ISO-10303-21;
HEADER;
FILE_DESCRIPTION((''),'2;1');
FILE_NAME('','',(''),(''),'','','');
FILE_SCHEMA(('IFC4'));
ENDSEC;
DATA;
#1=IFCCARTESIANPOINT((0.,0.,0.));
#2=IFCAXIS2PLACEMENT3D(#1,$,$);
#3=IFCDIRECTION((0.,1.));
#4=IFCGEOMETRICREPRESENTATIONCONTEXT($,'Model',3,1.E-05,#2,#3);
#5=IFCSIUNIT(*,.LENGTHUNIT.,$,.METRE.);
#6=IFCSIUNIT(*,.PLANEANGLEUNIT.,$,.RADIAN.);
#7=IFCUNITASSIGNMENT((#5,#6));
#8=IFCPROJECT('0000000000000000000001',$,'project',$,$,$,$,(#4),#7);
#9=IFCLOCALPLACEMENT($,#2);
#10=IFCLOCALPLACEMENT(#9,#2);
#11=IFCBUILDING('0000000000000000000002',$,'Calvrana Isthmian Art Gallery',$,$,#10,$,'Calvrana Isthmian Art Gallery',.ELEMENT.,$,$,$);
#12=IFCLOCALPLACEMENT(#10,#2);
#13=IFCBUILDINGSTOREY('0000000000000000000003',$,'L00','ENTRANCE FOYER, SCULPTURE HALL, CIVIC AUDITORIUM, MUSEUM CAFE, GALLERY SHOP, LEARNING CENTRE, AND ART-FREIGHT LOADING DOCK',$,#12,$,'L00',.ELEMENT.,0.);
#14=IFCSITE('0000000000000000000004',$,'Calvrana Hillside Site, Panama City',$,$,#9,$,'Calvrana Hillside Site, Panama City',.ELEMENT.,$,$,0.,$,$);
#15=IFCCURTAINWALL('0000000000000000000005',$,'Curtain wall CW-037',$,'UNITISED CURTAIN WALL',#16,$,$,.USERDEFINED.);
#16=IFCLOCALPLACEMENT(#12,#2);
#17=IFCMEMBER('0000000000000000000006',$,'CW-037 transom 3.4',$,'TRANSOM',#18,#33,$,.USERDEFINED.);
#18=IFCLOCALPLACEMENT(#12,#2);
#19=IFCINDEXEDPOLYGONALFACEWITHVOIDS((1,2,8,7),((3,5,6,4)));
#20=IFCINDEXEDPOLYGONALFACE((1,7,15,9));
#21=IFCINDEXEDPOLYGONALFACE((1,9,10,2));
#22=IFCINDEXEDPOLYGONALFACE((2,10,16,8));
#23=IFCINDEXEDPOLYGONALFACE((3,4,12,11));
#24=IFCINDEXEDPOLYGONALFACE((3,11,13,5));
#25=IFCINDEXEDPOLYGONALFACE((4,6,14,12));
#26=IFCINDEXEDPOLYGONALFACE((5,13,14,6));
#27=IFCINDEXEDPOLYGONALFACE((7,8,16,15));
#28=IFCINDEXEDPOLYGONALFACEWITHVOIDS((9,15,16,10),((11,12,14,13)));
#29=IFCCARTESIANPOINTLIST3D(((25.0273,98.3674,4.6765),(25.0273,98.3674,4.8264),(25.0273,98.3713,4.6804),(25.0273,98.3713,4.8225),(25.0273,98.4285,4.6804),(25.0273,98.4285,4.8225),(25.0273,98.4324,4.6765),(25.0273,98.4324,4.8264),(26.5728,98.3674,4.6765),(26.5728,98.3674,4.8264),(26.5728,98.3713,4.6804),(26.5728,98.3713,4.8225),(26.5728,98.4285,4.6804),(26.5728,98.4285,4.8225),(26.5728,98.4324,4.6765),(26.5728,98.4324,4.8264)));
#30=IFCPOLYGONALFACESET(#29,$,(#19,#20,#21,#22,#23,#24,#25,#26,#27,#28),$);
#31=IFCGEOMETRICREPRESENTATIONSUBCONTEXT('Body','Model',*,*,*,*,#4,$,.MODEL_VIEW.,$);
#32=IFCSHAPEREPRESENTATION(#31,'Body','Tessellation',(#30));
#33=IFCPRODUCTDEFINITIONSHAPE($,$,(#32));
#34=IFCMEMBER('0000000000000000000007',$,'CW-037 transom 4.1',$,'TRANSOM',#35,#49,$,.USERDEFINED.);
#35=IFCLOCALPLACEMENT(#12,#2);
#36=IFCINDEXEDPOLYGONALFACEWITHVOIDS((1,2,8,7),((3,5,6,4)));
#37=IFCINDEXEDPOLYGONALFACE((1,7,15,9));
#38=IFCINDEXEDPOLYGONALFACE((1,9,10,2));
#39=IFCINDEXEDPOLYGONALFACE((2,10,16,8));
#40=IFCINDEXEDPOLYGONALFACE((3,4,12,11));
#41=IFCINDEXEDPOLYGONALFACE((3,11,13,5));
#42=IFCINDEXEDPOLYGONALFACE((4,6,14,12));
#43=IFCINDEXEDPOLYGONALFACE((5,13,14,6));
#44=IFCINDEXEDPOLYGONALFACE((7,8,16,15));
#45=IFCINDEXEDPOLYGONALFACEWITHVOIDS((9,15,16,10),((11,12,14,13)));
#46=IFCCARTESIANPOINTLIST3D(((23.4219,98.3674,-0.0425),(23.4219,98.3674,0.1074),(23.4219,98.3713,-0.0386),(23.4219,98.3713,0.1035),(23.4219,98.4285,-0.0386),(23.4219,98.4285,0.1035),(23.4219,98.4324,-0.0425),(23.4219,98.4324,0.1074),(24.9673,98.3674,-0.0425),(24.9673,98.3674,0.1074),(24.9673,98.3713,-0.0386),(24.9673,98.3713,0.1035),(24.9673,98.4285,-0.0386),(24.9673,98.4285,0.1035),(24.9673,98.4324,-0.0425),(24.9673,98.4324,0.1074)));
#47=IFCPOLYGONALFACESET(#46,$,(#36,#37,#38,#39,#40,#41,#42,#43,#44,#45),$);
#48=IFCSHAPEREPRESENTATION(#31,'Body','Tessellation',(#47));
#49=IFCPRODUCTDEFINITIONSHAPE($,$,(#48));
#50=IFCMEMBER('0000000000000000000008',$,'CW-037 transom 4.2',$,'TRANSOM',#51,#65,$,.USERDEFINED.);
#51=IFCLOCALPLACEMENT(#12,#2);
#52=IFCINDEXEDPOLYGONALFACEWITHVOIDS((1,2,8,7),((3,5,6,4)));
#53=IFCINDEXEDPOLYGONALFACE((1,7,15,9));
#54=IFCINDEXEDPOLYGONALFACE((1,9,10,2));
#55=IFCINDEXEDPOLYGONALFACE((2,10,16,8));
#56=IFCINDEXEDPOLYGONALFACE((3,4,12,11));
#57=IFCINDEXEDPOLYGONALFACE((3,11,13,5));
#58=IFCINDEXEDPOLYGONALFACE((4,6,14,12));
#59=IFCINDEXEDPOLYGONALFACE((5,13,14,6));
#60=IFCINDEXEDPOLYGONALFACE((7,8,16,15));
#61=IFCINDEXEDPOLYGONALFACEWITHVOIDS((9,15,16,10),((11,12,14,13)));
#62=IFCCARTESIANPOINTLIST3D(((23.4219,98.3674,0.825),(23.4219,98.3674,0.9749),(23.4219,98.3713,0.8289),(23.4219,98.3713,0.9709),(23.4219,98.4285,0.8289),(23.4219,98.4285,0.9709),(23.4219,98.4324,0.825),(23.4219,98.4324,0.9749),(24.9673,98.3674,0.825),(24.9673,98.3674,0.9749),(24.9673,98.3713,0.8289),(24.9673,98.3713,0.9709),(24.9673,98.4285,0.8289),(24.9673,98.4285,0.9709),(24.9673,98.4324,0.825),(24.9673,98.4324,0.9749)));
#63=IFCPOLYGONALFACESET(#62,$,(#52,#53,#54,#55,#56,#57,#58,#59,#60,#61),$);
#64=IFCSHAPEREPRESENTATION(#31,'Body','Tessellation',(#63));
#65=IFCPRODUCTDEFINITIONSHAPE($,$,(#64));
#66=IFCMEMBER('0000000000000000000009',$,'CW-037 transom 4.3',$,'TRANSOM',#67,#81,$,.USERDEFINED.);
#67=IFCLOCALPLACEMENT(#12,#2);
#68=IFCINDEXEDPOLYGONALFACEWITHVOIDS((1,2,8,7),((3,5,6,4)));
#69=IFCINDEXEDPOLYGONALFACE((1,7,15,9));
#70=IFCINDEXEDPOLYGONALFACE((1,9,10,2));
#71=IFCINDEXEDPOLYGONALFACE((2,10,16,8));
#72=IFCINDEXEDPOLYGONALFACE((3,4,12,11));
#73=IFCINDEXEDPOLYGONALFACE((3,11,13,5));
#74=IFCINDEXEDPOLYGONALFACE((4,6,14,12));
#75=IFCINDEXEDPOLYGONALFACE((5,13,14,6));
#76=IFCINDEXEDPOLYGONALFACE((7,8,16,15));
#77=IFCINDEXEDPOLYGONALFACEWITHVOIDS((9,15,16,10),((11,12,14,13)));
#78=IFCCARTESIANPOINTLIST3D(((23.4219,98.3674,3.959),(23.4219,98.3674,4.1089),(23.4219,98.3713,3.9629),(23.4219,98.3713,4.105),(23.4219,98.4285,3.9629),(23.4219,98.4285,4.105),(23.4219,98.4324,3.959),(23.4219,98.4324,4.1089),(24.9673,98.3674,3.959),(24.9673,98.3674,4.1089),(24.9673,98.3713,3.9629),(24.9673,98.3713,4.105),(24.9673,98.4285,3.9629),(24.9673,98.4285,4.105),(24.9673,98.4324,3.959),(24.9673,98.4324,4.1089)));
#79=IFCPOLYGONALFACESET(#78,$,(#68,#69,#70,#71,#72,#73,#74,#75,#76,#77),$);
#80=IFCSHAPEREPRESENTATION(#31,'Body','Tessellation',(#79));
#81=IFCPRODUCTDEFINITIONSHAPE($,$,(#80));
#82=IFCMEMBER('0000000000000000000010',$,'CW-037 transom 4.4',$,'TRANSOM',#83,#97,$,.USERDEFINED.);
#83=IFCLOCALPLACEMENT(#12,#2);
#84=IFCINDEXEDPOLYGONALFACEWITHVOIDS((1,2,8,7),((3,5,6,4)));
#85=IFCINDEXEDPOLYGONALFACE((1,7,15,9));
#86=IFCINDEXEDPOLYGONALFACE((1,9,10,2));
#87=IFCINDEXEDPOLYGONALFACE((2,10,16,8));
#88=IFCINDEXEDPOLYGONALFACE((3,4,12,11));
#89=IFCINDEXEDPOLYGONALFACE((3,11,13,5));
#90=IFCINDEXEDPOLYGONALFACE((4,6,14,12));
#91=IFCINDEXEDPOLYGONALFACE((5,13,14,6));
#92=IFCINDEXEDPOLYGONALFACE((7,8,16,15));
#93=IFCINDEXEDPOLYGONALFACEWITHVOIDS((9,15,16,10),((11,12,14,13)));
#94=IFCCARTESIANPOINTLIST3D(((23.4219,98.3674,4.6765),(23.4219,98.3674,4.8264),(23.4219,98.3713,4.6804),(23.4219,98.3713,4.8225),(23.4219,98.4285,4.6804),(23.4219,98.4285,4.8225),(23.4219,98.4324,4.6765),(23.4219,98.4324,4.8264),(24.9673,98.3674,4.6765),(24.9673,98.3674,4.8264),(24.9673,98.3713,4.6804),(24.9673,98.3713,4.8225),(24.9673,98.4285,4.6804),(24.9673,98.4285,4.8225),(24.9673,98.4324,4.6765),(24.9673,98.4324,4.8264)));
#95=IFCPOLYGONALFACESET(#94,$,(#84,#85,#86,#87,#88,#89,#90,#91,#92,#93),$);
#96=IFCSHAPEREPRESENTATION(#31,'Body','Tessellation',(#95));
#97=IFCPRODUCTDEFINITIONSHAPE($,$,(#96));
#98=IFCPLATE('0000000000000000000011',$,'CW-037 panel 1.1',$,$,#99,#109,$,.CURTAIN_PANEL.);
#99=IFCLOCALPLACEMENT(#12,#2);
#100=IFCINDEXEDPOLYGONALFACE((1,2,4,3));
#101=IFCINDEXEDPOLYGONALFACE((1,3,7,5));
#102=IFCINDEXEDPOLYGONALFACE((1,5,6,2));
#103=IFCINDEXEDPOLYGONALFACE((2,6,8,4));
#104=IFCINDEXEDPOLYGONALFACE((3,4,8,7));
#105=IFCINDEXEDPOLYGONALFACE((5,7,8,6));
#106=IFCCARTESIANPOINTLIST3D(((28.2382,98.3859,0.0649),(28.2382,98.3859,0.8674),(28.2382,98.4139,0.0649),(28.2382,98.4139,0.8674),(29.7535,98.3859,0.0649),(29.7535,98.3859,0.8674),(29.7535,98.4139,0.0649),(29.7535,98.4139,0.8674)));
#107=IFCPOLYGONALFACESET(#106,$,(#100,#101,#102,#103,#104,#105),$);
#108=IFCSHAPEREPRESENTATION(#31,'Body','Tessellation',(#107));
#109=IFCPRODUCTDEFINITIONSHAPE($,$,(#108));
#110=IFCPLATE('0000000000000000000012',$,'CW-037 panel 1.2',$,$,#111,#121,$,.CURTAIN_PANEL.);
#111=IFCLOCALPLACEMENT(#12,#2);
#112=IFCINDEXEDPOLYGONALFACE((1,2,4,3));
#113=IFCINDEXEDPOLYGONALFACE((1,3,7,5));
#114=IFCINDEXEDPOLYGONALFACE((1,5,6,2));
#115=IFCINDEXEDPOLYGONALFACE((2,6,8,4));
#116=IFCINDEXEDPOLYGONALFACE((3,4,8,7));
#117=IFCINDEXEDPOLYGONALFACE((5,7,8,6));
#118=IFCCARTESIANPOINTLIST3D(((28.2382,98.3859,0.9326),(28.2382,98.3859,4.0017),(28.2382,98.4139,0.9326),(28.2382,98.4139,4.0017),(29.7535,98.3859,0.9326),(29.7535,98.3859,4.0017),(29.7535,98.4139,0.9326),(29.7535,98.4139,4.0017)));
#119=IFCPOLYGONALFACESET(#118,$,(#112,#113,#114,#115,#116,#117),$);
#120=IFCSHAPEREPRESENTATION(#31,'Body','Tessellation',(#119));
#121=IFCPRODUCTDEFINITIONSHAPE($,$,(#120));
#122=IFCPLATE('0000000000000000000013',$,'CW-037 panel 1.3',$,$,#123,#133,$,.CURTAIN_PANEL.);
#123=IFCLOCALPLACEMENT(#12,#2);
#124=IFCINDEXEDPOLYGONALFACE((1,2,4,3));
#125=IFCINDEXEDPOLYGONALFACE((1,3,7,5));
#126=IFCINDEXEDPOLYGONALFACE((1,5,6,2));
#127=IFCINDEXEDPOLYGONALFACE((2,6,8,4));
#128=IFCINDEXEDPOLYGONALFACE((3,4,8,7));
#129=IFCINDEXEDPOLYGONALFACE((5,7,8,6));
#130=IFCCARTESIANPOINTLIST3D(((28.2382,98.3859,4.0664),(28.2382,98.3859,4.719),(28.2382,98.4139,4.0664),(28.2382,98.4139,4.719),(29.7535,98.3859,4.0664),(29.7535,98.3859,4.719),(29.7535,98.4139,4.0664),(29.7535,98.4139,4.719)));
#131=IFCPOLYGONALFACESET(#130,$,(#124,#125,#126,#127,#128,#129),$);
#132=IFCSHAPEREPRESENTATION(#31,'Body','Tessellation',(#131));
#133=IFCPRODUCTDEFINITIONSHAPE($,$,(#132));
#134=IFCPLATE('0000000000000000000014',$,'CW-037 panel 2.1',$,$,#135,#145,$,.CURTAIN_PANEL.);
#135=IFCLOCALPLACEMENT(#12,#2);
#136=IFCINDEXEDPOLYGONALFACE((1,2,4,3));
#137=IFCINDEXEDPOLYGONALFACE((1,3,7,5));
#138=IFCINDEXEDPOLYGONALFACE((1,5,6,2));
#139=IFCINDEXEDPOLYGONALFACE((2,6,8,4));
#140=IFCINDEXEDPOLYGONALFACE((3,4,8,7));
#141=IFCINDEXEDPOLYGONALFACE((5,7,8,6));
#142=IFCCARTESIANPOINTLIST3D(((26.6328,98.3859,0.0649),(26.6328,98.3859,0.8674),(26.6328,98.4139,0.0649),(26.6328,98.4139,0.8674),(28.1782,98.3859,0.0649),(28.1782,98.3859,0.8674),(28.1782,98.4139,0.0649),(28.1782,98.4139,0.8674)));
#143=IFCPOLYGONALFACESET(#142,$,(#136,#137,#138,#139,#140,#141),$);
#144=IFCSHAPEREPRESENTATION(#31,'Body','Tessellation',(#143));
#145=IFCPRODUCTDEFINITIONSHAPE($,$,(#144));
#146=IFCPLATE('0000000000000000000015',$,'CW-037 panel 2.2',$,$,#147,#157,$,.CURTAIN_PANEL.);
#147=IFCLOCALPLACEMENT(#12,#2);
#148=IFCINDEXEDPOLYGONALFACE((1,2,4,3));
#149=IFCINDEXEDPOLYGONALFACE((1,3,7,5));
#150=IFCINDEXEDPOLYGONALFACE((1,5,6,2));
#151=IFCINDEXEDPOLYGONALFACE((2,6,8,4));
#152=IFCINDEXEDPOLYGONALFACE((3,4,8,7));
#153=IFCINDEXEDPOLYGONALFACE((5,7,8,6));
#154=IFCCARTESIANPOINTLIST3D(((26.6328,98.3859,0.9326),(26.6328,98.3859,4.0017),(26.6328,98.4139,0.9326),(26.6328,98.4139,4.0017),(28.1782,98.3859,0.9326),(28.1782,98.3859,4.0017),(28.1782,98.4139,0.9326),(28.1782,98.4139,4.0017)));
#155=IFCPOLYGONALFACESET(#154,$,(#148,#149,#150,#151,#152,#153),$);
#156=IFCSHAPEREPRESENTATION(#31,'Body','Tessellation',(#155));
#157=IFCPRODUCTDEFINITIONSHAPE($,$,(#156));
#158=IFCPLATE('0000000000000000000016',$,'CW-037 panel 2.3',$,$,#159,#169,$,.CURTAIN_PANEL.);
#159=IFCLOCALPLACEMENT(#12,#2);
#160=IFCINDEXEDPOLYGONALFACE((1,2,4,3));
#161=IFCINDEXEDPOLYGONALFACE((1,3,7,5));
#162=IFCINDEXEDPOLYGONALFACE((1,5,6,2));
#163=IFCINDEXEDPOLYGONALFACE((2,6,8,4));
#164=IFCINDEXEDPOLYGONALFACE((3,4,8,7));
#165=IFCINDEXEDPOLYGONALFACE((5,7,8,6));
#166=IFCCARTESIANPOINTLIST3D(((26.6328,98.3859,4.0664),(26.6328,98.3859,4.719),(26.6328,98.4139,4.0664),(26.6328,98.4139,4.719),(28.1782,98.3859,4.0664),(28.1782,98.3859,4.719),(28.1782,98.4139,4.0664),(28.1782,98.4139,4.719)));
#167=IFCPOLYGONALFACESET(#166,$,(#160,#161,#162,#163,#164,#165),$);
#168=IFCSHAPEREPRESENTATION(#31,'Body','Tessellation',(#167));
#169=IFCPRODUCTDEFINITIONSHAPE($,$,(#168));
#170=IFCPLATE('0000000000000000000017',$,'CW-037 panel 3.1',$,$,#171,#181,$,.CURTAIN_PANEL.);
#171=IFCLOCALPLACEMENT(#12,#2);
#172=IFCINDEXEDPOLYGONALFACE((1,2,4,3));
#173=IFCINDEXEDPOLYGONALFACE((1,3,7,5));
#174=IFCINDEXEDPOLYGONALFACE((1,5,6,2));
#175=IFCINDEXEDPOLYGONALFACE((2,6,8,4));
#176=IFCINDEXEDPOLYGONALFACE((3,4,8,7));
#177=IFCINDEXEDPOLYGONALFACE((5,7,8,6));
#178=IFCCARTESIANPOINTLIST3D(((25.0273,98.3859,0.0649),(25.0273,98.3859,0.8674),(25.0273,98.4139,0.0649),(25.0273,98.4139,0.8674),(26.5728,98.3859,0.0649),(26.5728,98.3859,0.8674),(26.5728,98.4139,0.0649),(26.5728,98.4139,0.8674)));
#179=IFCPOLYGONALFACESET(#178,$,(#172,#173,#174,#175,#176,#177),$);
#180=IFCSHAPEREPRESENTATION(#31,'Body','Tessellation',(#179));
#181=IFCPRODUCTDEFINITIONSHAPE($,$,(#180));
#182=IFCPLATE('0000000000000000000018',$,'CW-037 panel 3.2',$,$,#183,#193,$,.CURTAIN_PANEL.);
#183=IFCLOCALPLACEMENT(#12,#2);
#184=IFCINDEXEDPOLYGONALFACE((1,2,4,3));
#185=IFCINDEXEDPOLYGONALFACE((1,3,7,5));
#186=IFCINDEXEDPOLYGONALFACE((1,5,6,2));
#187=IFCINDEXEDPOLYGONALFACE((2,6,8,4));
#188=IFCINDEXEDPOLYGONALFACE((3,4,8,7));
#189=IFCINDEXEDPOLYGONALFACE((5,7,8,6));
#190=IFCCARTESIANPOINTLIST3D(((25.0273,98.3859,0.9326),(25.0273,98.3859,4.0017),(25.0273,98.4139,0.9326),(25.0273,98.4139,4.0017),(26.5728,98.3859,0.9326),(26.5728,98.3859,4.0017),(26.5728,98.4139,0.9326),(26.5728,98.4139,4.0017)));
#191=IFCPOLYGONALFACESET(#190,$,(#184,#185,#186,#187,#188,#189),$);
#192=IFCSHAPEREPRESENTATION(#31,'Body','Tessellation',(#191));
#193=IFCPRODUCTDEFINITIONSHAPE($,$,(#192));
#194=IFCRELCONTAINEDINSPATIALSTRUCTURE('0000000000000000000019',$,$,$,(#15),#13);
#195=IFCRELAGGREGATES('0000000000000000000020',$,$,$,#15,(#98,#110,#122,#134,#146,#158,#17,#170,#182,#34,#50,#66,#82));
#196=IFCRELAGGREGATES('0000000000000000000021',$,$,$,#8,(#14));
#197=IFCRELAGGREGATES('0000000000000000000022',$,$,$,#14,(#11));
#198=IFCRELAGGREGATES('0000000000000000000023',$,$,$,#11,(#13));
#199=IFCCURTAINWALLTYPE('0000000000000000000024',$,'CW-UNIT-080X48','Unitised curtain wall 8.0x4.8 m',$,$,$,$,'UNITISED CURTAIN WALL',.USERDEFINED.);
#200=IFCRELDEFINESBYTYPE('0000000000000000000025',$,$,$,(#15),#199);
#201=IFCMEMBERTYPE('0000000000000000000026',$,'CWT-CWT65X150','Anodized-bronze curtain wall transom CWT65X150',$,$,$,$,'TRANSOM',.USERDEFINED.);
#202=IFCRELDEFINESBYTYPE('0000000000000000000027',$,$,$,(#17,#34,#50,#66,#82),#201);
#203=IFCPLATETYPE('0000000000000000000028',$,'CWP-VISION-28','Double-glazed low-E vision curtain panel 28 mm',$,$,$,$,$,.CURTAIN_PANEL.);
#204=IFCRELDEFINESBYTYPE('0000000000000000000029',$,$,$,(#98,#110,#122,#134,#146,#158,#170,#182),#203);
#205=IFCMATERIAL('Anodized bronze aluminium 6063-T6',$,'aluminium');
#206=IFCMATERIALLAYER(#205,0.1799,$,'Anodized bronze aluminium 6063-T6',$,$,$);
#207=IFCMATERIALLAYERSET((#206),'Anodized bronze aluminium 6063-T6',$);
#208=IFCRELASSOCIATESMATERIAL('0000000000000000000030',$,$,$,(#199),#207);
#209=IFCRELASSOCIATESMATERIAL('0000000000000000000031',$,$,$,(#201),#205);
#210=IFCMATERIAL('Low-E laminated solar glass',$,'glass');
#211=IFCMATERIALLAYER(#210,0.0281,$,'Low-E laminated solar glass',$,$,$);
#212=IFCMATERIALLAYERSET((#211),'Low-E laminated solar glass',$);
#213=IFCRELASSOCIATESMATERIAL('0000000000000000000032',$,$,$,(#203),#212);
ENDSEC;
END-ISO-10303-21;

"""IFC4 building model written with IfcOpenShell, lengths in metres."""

from ifc_helpers import new_model, si_unit, direction, frame, origin, origin_2d, place, context, subcontext, project, spatial, rectangle, hollow_rectangle, extrude, material, layer, layer_set, material_profile, profile_set, type_object, element, aggregate, save


model = new_model("IFC4")

# Units and contexts
model_context = context("Model", 3, precision=1e-05, world=origin(), true_north=direction((0.0, 1.0)))
body_context = subcontext(model_context, "Body", "Model", "MODEL_VIEW")
ifc_project = project(units=[si_unit("LENGTHUNIT", "METRE"), si_unit("PLANEANGLEUNIT", "RADIAN")], contexts=[model_context])

# Site, building, storey
site_placement = place(None, origin())
site = spatial("IfcSite", under=ifc_project, at=site_placement, Name="Calvrana Hillside Site, Panama City", LongName="Calvrana Hillside Site, Panama City", CompositionType="ELEMENT", RefElevation=0.0)
building_placement = place(site_placement, origin())
building = spatial("IfcBuilding", under=site, at=building_placement, Name="Calvrana Isthmian Art Gallery", LongName="Calvrana Isthmian Art Gallery", CompositionType="ELEMENT")
storey_placement = place(building_placement, origin())
storey = spatial("IfcBuildingStorey", under=building, at=storey_placement, Name="L00", Description="ENTRANCE FOYER, SCULPTURE HALL, CIVIC AUDITORIUM, MUSEUM CAFE, GALLERY SHOP, LEARNING CENTRE, AND ART-FREIGHT LOADING DOCK", LongName="L00", CompositionType="ELEMENT", Elevation=0.0)

# Curtain wall, members, plates
ifc_material_1 = material(Name="Anodized bronze aluminium 6063-T6", Category="aluminium")
ifc_layer_1 = layer(ifc_material_1, 0.1799, Name="Anodized bronze aluminium 6063-T6")
ifc_layer_set_1 = layer_set([ifc_layer_1], Name="Anodized bronze aluminium 6063-T6")
curtain_wall_type = type_object("IfcCurtainWallType", Name="CW-UNIT-080X48", Description="Unitised curtain wall 8.0x4.8 m", ElementType="UNITISED CURTAIN WALL", PredefinedType="USERDEFINED", material=ifc_layer_set_1)
curtain_wall_placement = place(storey_placement, origin())
curtain_wall = element("IfcCurtainWall", 1, at=curtain_wall_placement, inside=storey, type_object=curtain_wall_type, Name="Curtain wall CW-037", ObjectType="UNITISED CURTAIN WALL", PredefinedType="USERDEFINED")
ifc_material_profile_1 = material_profile(ifc_material_1, hollow_rectangle(XDim=0.0649, YDim=0.1499, WallThickness=0.0039, at=origin_2d()), Name="CWT65X150")
ifc_profile_set_1 = profile_set([ifc_material_profile_1], Name="Anodized bronze aluminium 6063-T6")
member_type_1 = type_object("IfcMemberType", Name="CWT-CWT65X150", Description="Anodized-bronze curtain wall transom CWT65X150", ElementType="TRANSOM", PredefinedType="USERDEFINED", material=ifc_profile_set_1)
member_1_placement = place(storey_placement, frame((26.5728, 98.3999, 4.7515), z_axis=(-1.0, 0.0, 0.0), x_axis=(0.0, -1.0, 0.0)))
member_1 = element("IfcMember", 2, at=member_1_placement, type_object=member_type_1, Name="CW-037 transom 3.4", ObjectType="TRANSOM", PredefinedType="USERDEFINED", context=body_context, shape_type="SweptSolid", body=[
    extrude(hollow_rectangle(XDim=0.0649, YDim=0.1499, WallThickness=0.0039, at=origin_2d()), origin(), (0.0, 0.0, 1.0), 1.5454),
])
member_2_placement = place(storey_placement, frame((24.9673, 98.3999, 0.0325), z_axis=(-1.0, 0.0, 0.0), x_axis=(0.0, -1.0, 0.0)))
member_2 = element("IfcMember", 3, at=member_2_placement, type_object=member_type_1, Name="CW-037 transom 4.1", ObjectType="TRANSOM", PredefinedType="USERDEFINED", context=body_context, shape_type="SweptSolid", body=[
    extrude(hollow_rectangle(XDim=0.0649, YDim=0.1499, WallThickness=0.0039, at=origin_2d()), origin(), (0.0, 0.0, 1.0), 1.5454),
])
member_3_placement = place(storey_placement, frame((24.9673, 98.3999, 0.8999), z_axis=(-1.0, 0.0, 0.0), x_axis=(0.0, -1.0, 0.0)))
member_3 = element("IfcMember", 4, at=member_3_placement, type_object=member_type_1, Name="CW-037 transom 4.2", ObjectType="TRANSOM", PredefinedType="USERDEFINED", context=body_context, shape_type="SweptSolid", body=[
    extrude(hollow_rectangle(XDim=0.0649, YDim=0.1499, WallThickness=0.0039, at=origin_2d()), origin(), (0.0, 0.0, 1.0), 1.5454),
])
member_4_placement = place(storey_placement, frame((24.9673, 98.3999, 4.0339), z_axis=(-1.0, 0.0, 0.0), x_axis=(0.0, -1.0, 0.0)))
member_4 = element("IfcMember", 5, at=member_4_placement, type_object=member_type_1, Name="CW-037 transom 4.3", ObjectType="TRANSOM", PredefinedType="USERDEFINED", context=body_context, shape_type="SweptSolid", body=[
    extrude(hollow_rectangle(XDim=0.0649, YDim=0.1499, WallThickness=0.0039, at=origin_2d()), origin(), (0.0, 0.0, 1.0), 1.5454),
])
member_5_placement = place(storey_placement, frame((24.9673, 98.3999, 4.7515), z_axis=(-1.0, 0.0, 0.0), x_axis=(0.0, -1.0, 0.0)))
member_5 = element("IfcMember", 6, at=member_5_placement, type_object=member_type_1, Name="CW-037 transom 4.4", ObjectType="TRANSOM", PredefinedType="USERDEFINED", context=body_context, shape_type="SweptSolid", body=[
    extrude(hollow_rectangle(XDim=0.0649, YDim=0.1499, WallThickness=0.0039, at=origin_2d()), origin(), (0.0, 0.0, 1.0), 1.5454),
])
ifc_material_2 = material(Name="Low-E laminated solar glass", Category="glass")
ifc_layer_2 = layer(ifc_material_2, 0.0281, Name="Low-E laminated solar glass")
ifc_layer_set_2 = layer_set([ifc_layer_2], Name="Low-E laminated solar glass")
plate_type = type_object("IfcPlateType", Name="CWP-VISION-28", Description="Double-glazed low-E vision curtain panel 28 mm", PredefinedType="CURTAIN_PANEL", material=ifc_layer_set_2)
plate_1_placement = place(storey_placement, frame((28.9958, 98.3999, 0.0649), z_axis=(0.0, 0.0, 1.0), x_axis=(-1.0, 0.0, 0.0)))
plate_1 = element("IfcPlate", 7, at=plate_1_placement, type_object=plate_type, Name="CW-037 panel 1.1", PredefinedType="CURTAIN_PANEL", context=body_context, shape_type="SweptSolid", body=[
    extrude(rectangle(XDim=1.5154, YDim=0.0281, at=origin_2d()), origin(), (0.0, 0.0, 1.0), 0.8025),
])
plate_2_placement = place(storey_placement, frame((28.9958, 98.3999, 0.9326), z_axis=(0.0, 0.0, 1.0), x_axis=(-1.0, 0.0, 0.0)))
plate_2 = element("IfcPlate", 8, at=plate_2_placement, type_object=plate_type, Name="CW-037 panel 1.2", PredefinedType="CURTAIN_PANEL", context=body_context, shape_type="SweptSolid", body=[
    extrude(rectangle(XDim=1.5154, YDim=0.0281, at=origin_2d()), origin(), (0.0, 0.0, 1.0), 3.0691),
])
plate_3_placement = place(storey_placement, frame((28.9958, 98.3999, 4.0664), z_axis=(0.0, 0.0, 1.0), x_axis=(-1.0, 0.0, 0.0)))
plate_3 = element("IfcPlate", 9, at=plate_3_placement, type_object=plate_type, Name="CW-037 panel 1.3", PredefinedType="CURTAIN_PANEL", context=body_context, shape_type="SweptSolid", body=[
    extrude(rectangle(XDim=1.5154, YDim=0.0281, at=origin_2d()), origin(), (0.0, 0.0, 1.0), 0.6526),
])
plate_4_placement = place(storey_placement, frame((27.4055, 98.3999, 0.0649), z_axis=(0.0, 0.0, 1.0), x_axis=(-1.0, 0.0, 0.0)))
plate_4 = element("IfcPlate", 10, at=plate_4_placement, type_object=plate_type, Name="CW-037 panel 2.1", PredefinedType="CURTAIN_PANEL", context=body_context, shape_type="SweptSolid", body=[
    extrude(rectangle(XDim=1.5454, YDim=0.0281, at=origin_2d()), origin(), (0.0, 0.0, 1.0), 0.8025),
])
plate_5_placement = place(storey_placement, frame((27.4055, 98.3999, 0.9326), z_axis=(0.0, 0.0, 1.0), x_axis=(-1.0, 0.0, 0.0)))
plate_5 = element("IfcPlate", 11, at=plate_5_placement, type_object=plate_type, Name="CW-037 panel 2.2", PredefinedType="CURTAIN_PANEL", context=body_context, shape_type="SweptSolid", body=[
    extrude(rectangle(XDim=1.5454, YDim=0.0281, at=origin_2d()), origin(), (0.0, 0.0, 1.0), 3.0691),
])
plate_6_placement = place(storey_placement, frame((27.4055, 98.3999, 4.0664), z_axis=(0.0, 0.0, 1.0), x_axis=(-1.0, 0.0, 0.0)))
plate_6 = element("IfcPlate", 12, at=plate_6_placement, type_object=plate_type, Name="CW-037 panel 2.3", PredefinedType="CURTAIN_PANEL", context=body_context, shape_type="SweptSolid", body=[
    extrude(rectangle(XDim=1.5454, YDim=0.0281, at=origin_2d()), origin(), (0.0, 0.0, 1.0), 0.6526),
])
plate_7_placement = place(storey_placement, frame((25.8, 98.3999, 0.0649), z_axis=(0.0, 0.0, 1.0), x_axis=(-1.0, 0.0, 0.0)))
plate_7 = element("IfcPlate", 13, at=plate_7_placement, type_object=plate_type, Name="CW-037 panel 3.1", PredefinedType="CURTAIN_PANEL", context=body_context, shape_type="SweptSolid", body=[
    extrude(rectangle(XDim=1.5454, YDim=0.0281, at=origin_2d()), origin(), (0.0, 0.0, 1.0), 0.8025),
])
plate_8_placement = place(storey_placement, frame((25.8, 98.3999, 0.9326), z_axis=(0.0, 0.0, 1.0), x_axis=(-1.0, 0.0, 0.0)))
plate_8 = element("IfcPlate", 14, at=plate_8_placement, type_object=plate_type, Name="CW-037 panel 3.2", PredefinedType="CURTAIN_PANEL", context=body_context, shape_type="SweptSolid", body=[
    extrude(rectangle(XDim=1.5454, YDim=0.0281, at=origin_2d()), origin(), (0.0, 0.0, 1.0), 3.0691),
])
aggregate(curtain_wall, [plate_1, plate_2, plate_3, plate_4, plate_5, plate_6, member_1, plate_7, plate_8, member_2, member_3, member_4, member_5])

save(model, "model.ifc")
